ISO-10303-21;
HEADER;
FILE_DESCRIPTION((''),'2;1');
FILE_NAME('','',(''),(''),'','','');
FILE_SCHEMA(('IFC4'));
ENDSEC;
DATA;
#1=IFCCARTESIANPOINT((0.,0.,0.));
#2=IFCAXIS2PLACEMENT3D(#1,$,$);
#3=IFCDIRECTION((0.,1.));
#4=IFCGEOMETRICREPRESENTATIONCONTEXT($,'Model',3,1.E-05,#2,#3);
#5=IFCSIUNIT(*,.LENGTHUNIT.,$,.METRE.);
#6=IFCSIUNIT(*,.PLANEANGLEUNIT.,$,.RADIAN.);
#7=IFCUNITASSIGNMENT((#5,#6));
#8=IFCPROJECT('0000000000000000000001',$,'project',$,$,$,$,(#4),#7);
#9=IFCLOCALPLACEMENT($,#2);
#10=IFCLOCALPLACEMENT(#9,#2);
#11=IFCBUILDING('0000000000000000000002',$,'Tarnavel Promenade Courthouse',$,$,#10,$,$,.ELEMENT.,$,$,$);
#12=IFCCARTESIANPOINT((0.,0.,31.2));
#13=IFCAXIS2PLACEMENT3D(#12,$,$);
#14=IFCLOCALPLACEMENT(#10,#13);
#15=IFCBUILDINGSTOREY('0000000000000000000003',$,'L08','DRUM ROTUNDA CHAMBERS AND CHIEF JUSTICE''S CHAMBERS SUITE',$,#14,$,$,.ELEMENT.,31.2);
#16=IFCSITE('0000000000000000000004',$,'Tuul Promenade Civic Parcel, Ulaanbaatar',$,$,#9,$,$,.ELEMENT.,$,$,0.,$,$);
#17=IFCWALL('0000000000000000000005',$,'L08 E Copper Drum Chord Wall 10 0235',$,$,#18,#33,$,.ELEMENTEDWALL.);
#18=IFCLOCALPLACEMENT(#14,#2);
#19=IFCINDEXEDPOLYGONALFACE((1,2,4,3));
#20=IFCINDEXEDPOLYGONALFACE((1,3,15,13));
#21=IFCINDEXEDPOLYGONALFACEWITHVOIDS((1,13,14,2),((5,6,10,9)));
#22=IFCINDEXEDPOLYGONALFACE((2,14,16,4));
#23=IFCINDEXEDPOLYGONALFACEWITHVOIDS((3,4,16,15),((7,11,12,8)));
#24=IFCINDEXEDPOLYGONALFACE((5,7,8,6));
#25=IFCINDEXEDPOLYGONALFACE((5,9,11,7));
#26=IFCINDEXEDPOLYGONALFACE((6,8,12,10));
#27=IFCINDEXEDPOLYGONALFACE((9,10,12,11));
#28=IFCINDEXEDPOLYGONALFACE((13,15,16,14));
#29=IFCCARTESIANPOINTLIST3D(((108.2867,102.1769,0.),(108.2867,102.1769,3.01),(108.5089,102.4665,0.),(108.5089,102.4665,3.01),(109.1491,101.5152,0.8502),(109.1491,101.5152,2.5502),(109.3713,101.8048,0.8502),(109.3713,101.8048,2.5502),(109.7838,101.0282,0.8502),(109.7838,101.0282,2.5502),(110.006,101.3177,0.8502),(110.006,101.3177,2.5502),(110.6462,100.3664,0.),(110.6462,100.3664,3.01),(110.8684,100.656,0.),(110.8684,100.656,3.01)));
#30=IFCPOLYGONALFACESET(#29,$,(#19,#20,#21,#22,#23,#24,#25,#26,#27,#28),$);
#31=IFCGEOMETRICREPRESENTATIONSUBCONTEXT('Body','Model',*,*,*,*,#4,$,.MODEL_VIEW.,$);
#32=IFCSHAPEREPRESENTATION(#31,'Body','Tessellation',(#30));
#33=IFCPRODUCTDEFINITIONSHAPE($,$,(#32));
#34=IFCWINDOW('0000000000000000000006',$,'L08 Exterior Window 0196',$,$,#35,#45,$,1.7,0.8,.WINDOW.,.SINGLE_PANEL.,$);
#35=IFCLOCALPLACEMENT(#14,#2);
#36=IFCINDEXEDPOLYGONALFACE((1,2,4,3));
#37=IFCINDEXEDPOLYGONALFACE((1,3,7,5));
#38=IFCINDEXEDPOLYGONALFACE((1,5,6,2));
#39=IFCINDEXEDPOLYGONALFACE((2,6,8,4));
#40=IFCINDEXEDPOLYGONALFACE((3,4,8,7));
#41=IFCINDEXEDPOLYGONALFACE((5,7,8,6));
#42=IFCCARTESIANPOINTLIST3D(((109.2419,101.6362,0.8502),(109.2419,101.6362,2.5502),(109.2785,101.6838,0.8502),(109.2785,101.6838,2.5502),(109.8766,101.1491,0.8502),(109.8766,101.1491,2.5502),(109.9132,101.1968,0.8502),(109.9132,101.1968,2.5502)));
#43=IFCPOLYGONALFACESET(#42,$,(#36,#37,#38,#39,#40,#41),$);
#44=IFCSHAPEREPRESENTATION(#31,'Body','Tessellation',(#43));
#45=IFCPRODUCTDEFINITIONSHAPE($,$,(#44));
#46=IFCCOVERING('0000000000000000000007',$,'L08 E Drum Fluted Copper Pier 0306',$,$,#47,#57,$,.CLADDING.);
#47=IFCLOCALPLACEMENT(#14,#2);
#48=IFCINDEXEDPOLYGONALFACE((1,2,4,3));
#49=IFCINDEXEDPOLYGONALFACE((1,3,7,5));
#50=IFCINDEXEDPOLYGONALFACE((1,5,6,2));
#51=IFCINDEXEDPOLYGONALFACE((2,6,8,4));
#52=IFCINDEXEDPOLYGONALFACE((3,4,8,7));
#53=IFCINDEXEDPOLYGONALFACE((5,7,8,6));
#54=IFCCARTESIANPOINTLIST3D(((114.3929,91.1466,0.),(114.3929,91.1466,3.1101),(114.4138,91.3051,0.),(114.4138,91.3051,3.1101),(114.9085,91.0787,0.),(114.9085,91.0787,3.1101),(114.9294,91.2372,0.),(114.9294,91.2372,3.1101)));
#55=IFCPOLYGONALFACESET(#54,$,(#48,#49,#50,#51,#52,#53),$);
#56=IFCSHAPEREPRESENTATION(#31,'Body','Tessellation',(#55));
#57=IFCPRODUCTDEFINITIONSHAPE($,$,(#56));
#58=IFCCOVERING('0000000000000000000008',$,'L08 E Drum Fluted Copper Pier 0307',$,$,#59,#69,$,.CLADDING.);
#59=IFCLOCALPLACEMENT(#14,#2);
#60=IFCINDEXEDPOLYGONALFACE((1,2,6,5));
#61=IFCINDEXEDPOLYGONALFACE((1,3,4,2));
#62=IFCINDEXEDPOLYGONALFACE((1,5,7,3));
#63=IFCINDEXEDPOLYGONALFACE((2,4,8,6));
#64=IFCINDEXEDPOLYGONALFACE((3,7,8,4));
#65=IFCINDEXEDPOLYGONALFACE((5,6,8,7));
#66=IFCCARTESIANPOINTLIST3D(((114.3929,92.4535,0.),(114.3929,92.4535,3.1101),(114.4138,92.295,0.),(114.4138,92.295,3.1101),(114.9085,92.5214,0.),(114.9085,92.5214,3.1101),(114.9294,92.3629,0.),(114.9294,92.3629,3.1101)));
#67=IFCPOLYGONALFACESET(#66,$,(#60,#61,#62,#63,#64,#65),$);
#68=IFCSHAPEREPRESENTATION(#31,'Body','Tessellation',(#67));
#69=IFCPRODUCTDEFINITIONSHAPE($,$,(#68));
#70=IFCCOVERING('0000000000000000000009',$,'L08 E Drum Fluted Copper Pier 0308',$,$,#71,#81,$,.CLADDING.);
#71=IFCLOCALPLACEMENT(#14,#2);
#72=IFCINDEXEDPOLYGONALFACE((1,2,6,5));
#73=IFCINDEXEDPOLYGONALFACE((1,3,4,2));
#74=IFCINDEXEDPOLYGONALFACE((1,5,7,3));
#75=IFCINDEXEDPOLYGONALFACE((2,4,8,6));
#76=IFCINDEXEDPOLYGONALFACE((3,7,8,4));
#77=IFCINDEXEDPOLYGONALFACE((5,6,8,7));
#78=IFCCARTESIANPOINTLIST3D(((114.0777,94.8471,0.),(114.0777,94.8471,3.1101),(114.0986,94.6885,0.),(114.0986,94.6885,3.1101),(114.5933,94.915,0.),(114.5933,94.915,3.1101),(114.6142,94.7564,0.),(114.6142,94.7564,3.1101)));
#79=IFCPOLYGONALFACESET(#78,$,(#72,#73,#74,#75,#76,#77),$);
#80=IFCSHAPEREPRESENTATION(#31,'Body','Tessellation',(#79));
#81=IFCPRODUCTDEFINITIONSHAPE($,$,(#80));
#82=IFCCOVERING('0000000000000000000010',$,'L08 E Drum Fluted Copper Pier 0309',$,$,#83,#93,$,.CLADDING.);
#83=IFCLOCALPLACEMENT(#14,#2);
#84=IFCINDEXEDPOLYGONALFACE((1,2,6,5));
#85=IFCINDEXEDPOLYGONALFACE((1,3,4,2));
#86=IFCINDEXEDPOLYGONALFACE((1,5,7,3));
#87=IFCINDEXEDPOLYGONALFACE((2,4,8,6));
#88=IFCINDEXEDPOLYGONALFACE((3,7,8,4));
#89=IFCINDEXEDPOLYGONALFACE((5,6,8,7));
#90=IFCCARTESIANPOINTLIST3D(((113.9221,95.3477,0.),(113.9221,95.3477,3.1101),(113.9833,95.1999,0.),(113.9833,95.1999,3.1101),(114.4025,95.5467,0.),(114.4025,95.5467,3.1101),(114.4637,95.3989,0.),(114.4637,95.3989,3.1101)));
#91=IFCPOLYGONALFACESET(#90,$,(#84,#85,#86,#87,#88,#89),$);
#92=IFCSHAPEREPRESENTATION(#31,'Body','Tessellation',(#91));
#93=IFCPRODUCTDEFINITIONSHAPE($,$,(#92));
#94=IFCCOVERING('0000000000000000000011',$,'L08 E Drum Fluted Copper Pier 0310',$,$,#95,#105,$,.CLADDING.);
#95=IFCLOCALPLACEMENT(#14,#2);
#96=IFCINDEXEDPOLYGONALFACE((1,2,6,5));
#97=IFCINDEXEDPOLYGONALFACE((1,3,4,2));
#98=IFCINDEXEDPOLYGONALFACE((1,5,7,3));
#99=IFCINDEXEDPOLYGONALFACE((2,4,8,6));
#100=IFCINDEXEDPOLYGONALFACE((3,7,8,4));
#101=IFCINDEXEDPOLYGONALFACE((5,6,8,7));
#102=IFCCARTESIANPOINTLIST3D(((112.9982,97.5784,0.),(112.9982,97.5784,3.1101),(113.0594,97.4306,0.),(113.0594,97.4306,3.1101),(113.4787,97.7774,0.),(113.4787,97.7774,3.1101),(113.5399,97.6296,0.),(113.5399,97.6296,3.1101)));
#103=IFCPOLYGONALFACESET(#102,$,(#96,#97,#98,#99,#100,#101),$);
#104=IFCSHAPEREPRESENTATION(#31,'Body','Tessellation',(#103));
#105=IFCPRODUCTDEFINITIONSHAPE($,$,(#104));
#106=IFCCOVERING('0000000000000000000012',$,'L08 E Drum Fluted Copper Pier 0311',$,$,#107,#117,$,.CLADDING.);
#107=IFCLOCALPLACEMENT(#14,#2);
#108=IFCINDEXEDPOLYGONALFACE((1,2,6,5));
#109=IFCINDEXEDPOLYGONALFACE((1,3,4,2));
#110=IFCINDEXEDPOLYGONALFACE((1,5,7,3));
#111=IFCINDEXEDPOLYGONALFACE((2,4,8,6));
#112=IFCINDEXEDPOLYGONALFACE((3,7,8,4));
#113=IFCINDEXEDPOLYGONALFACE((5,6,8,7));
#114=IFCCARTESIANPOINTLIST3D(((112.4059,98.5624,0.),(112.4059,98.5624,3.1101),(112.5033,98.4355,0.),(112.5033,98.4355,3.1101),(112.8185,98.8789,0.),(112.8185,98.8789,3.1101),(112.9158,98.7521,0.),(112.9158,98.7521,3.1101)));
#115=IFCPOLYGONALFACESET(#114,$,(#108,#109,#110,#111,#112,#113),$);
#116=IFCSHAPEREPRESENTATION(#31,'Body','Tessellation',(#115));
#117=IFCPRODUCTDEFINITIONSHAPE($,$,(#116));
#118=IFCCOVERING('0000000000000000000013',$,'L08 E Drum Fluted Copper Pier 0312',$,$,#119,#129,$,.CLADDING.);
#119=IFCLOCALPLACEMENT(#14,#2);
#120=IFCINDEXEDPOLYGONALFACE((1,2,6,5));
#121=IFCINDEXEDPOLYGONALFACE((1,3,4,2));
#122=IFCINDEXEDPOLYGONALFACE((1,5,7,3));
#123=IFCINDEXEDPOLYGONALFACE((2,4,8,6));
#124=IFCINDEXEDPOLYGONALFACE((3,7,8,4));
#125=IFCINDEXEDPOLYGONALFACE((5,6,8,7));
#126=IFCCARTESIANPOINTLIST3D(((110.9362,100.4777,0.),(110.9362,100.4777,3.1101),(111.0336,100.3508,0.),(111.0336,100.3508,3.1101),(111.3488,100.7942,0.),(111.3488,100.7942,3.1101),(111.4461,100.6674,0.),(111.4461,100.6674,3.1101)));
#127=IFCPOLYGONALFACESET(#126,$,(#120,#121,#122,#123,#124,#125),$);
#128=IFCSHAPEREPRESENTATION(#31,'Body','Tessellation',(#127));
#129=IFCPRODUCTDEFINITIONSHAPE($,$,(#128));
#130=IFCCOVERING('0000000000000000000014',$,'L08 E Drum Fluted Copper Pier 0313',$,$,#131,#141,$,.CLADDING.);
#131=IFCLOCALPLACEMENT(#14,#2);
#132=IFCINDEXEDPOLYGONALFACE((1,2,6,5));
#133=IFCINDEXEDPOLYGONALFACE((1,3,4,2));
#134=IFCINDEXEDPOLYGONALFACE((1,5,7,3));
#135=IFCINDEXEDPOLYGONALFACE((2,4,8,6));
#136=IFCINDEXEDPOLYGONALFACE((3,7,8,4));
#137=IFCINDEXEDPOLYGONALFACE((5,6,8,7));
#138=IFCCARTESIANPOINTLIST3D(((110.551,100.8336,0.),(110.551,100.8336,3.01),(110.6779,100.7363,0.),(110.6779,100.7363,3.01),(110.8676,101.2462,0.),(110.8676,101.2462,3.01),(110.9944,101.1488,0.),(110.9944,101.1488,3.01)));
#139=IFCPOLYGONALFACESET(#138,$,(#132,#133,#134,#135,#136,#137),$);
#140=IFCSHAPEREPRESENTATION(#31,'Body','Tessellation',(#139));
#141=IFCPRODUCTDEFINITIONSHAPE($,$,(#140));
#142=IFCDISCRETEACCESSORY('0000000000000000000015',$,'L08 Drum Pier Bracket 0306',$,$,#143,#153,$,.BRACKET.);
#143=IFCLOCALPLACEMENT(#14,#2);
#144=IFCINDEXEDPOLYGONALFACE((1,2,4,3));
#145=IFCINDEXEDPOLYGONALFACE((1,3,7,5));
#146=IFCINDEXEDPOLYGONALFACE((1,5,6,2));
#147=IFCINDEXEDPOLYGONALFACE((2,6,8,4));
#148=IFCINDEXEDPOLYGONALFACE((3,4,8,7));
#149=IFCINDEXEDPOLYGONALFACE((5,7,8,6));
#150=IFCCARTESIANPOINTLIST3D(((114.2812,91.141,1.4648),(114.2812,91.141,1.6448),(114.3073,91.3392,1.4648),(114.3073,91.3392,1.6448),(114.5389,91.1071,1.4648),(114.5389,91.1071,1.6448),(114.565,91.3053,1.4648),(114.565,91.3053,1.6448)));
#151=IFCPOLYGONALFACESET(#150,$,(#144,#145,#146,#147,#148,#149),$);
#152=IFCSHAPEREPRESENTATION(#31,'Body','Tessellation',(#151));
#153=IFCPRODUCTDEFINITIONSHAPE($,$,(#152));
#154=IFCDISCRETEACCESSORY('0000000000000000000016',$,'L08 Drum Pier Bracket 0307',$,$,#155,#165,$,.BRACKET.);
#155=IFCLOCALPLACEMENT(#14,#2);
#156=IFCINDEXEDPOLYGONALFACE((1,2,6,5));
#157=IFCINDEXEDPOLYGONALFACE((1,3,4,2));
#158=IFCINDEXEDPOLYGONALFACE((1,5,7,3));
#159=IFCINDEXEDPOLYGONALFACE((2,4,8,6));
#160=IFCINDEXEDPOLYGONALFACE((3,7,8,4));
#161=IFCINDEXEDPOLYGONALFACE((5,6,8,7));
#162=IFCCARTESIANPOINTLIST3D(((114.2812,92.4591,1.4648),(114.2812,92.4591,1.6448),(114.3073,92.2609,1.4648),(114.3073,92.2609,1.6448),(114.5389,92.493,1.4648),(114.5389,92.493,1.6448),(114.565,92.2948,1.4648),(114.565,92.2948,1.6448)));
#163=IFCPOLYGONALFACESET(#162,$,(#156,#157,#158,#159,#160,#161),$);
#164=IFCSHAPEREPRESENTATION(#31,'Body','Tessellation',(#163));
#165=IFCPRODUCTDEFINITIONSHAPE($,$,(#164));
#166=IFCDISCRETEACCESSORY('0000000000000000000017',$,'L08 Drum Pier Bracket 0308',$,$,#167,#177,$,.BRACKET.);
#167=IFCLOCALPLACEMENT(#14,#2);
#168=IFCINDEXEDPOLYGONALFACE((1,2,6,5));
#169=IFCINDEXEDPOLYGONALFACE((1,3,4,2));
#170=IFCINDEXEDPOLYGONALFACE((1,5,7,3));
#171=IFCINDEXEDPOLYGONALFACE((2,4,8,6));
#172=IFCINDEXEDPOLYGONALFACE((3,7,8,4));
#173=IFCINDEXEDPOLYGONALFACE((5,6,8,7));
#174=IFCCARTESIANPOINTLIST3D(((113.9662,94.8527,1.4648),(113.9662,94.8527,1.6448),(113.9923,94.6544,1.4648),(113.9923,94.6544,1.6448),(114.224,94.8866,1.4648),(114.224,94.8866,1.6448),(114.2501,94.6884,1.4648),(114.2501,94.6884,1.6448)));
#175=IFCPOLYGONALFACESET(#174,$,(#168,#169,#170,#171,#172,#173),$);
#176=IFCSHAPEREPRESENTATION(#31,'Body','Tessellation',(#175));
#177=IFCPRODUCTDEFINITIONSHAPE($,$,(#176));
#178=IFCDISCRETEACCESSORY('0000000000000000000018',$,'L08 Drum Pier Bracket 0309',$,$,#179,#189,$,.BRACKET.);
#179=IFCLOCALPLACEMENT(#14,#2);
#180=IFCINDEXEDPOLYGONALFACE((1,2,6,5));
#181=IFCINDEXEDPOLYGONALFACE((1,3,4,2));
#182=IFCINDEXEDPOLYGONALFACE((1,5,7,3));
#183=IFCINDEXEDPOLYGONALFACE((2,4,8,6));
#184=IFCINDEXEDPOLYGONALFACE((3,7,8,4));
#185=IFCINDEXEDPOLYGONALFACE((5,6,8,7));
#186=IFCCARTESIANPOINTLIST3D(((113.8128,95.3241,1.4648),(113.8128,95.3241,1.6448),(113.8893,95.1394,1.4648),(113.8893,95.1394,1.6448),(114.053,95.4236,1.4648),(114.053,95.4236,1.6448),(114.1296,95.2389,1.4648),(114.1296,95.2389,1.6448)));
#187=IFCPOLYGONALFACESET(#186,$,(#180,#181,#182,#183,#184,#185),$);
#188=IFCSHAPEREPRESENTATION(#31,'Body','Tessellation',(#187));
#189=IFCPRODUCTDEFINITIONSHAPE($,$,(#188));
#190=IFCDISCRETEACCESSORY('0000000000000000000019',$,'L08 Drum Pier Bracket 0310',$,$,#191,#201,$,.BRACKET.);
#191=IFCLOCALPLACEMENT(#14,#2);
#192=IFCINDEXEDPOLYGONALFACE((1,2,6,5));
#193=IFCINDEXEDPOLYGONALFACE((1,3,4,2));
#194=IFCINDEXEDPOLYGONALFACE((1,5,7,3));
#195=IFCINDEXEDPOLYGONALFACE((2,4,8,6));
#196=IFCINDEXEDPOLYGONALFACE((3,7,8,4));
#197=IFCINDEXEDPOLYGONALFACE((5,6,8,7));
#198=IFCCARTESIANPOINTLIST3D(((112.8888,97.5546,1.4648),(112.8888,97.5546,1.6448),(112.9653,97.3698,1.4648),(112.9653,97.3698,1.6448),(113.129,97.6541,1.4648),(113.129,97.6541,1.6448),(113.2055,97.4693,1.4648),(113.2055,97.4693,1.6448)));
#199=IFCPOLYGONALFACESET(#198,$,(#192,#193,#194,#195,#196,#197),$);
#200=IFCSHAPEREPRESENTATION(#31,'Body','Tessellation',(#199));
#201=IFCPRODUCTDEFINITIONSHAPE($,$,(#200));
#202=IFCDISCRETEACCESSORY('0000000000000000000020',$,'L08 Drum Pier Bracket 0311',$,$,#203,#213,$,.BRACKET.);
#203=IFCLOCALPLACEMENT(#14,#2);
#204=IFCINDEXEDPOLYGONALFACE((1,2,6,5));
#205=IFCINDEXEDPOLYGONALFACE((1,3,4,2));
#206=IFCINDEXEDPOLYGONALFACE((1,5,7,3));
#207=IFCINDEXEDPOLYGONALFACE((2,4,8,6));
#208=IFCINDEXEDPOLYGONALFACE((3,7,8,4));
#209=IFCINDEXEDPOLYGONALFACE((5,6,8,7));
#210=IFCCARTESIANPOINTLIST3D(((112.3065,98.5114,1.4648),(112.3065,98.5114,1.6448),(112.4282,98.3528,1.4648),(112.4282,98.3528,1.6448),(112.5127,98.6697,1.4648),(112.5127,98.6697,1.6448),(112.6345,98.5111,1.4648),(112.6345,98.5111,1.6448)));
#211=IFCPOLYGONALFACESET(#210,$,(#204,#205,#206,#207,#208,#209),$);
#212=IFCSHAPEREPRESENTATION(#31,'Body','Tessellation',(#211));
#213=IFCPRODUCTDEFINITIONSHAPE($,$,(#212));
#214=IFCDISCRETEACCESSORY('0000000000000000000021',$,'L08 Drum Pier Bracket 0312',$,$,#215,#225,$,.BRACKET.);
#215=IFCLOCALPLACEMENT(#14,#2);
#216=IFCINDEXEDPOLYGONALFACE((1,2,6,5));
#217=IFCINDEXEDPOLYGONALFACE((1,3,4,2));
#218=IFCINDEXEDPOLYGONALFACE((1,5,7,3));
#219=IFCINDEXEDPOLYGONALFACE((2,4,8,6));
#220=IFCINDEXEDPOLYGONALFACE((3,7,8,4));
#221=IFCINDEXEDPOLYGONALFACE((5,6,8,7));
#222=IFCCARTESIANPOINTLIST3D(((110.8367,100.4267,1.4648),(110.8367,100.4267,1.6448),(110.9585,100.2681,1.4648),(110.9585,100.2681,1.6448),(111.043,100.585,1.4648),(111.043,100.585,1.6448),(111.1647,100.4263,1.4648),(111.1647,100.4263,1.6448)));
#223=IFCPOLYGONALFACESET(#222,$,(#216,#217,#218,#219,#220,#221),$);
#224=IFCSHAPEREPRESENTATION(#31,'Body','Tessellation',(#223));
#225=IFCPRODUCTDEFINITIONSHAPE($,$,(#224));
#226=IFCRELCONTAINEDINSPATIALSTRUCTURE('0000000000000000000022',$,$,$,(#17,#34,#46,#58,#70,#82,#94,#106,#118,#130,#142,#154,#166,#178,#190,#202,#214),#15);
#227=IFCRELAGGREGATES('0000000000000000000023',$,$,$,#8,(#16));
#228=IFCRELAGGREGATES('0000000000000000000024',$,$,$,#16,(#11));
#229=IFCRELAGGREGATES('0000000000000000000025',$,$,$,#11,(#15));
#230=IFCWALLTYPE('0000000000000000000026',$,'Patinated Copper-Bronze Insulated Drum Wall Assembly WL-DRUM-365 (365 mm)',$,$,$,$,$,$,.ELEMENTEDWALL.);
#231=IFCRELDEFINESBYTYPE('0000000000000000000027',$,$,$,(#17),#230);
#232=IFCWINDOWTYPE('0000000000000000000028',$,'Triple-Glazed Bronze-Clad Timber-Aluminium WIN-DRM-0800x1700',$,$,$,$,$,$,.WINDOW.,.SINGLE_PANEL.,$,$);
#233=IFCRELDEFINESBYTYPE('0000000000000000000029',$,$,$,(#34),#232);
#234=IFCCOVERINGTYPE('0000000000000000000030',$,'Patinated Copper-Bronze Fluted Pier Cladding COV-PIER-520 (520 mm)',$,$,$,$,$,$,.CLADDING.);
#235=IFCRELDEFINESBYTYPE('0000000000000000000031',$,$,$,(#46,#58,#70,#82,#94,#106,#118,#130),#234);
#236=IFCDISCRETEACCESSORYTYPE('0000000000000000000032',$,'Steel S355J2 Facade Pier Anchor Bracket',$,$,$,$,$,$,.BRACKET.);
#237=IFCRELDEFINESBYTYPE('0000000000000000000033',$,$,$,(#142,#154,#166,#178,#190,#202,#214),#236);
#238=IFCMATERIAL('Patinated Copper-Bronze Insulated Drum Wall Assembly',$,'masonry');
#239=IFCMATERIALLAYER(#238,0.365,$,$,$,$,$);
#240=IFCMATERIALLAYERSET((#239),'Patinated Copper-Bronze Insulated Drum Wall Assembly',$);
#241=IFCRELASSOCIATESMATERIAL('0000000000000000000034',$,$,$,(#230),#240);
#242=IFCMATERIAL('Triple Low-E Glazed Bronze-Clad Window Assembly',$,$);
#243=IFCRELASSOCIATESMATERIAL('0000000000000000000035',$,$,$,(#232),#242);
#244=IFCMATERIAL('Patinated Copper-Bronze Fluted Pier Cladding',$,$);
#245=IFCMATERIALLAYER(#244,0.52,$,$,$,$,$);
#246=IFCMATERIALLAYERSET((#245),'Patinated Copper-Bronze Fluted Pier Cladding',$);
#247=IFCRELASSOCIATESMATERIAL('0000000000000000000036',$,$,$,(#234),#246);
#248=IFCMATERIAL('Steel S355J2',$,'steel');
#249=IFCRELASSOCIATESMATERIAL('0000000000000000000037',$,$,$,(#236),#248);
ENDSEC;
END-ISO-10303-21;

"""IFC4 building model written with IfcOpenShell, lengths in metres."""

from ifc_helpers import new_model, si_unit, direction, frame, frame_2d, origin, origin_2d, place, context, subcontext, project, spatial, rectangle, extrude, material, layer, layer_set, type_object, element, fill, save


model = new_model("IFC4")

# Units and contexts
model_context = context("Model", 3, precision=1e-05, world=origin(), true_north=direction((0.0, 1.0)))
body_context = subcontext(model_context, "Body", "Model", "MODEL_VIEW")
ifc_project = project(units=[si_unit("LENGTHUNIT", "METRE"), si_unit("PLANEANGLEUNIT", "RADIAN")], contexts=[model_context])

# Site, building, storey
site_placement = place(None, origin())
site = spatial("IfcSite", under=ifc_project, at=site_placement, Name="Tuul Promenade Civic Parcel, Ulaanbaatar", CompositionType="ELEMENT", RefElevation=0.0)
building_placement = place(site_placement, origin())
building = spatial("IfcBuilding", under=site, at=building_placement, Name="Tarnavel Promenade Courthouse", CompositionType="ELEMENT")
storey_placement = place(building_placement, frame((0.0, 0.0, 31.2)))
storey = spatial("IfcBuildingStorey", under=building, at=storey_placement, Name="L08", Description="DRUM ROTUNDA CHAMBERS AND CHIEF JUSTICE'S CHAMBERS SUITE", CompositionType="ELEMENT", Elevation=31.2)

# Shared definitions
ifc_material_1 = material(Name="Steel S355J2", Category="steel")

# Shared definitions
ifc_material_2 = material(Name="Patinated Copper-Bronze Insulated Drum Wall Assembly", Category="masonry")
ifc_layer_1 = layer(ifc_material_2, 0.365)
ifc_layer_set_1 = layer_set([ifc_layer_1], Name="Patinated Copper-Bronze Insulated Drum Wall Assembly")
wall_type_1 = type_object("IfcWallType", Name="Patinated Copper-Bronze Insulated Drum Wall Assembly WL-DRUM-365 (365 mm)", PredefinedType="ELEMENTEDWALL", material=ifc_layer_set_1)

# Shared definitions
ifc_material_3 = material(Name="Triple Low-E Glazed Bronze-Clad Window Assembly")
window_type = type_object("IfcWindowType", Name="Triple-Glazed Bronze-Clad Timber-Aluminium WIN-DRM-0800x1700", PartitioningType="SINGLE_PANEL", PredefinedType="WINDOW", material=ifc_material_3)

# Wall, opening, window
wall_1_placement = place(storey_placement, frame((110.7573, 100.5112, 0.0), z_axis=(0.0, 0.0, 1.0), x_axis=(-0.793362, 0.60875, 0.0)))
wall_1 = element("IfcWall", 1, at=wall_1_placement, inside=storey, type_object=wall_type_1, Name="L08 E Copper Drum Chord Wall 10 0235", PredefinedType="ELEMENTEDWALL", context=body_context, shape_type="SweptSolid", body=[
    extrude(rectangle(XDim=2.9741, YDim=0.365, at=frame_2d((1.4871, 0.0))), origin(), (0.0, 0.0, 1.0), 3.01),
])
opening_1_placement = place(wall_1_placement, frame((1.0872, 0.0, 0.8501)))
opening_1 = element("IfcOpeningElement", 2, at=opening_1_placement, cuts=wall_1, PredefinedType="OPENING", context=body_context, shape_type="SweptSolid", body=[
    extrude(rectangle(XDim=0.8, YDim=1.7, at=frame_2d((0.3999, 0.8501))), frame((0.0, 0.1924, 0.0), z_axis=(0.0, -1.0, 0.0), x_axis=(1.0, 0.0, 0.0)), (0.0, 0.0, 1.0), 0.385),
])
window_1_placement = place(opening_1_placement, origin())
window_1 = element("IfcWindow", 3, at=window_1_placement, inside=storey, type_object=window_type, Name="L08 Exterior Window 0196", OverallHeight=1.7, OverallWidth=0.8, PartitioningType="SINGLE_PANEL", PredefinedType="WINDOW", context=body_context, shape_type="SweptSolid", body=[
    extrude(rectangle(XDim=0.8, YDim=1.7, at=frame_2d((0.3999, 0.8501))), frame((0.0, 0.03, 0.0), z_axis=(0.0, -1.0, 0.0), x_axis=(1.0, 0.0, 0.0)), (0.0, 0.0, 1.0), 0.0601),
])
fill(opening_1, window_1)

# Coverings
ifc_material_4 = material(Name="Patinated Copper-Bronze Fluted Pier Cladding")
ifc_layer_2 = layer(ifc_material_4, 0.52)
ifc_layer_set_2 = layer_set([ifc_layer_2], Name="Patinated Copper-Bronze Fluted Pier Cladding")
covering_type = type_object("IfcCoveringType", Name="Patinated Copper-Bronze Fluted Pier Cladding COV-PIER-520 (520 mm)", PredefinedType="CLADDING", material=ifc_layer_set_2)
for number, where, z_axis, x_axis, name in (
    (4, (114.6611, 91.1919, 0.0), (0.0, 0.0, 1.0), (0.130526, 0.991445, 0.0), "L08 E Drum Fluted Copper Pier 0306"),
    (5, (114.6611, 92.4082, 0.0), (0.0, 0.0, 1.0), (-0.130526, 0.991445, 0.0), "L08 E Drum Fluted Copper Pier 0307"),
    (6, (114.3459, 94.8018, 0.0), (0.0, 0.0, 1.0), (-0.130526, 0.991445, 0.0), "L08 E Drum Fluted Copper Pier 0308"),
    (7, (114.1929, 95.3733, 0.0), (0.0, 0.0, 1.0), (-0.382683, 0.92388, 0.0), "L08 E Drum Fluted Copper Pier 0309"),
    (8, (113.269, 97.604, 0.0), (0.0, 0.0, 1.0), (-0.382683, 0.92388, 0.0), "L08 E Drum Fluted Copper Pier 0310"),
    (9, (112.6609, 98.6572, 0.0), (0.0, 0.0, 1.0), (-0.608761, 0.793353, 0.0), "L08 E Drum Fluted Copper Pier 0311"),
    (10, (111.1912, 100.5725, 0.0), (0.0, 0.0, 1.0), (-0.608761, 0.793353, 0.0), "L08 E Drum Fluted Copper Pier 0312"),
):
    element("IfcCovering", number, at=place(storey_placement, frame(where, z_axis=z_axis, x_axis=x_axis)), inside=storey, type_object=covering_type, Name=name, PredefinedType="CLADDING", context=body_context, shape_type="SweptSolid", body=[
        extrude(rectangle(XDim=0.1599, YDim=0.52, at=origin_2d()), origin(), (0.0, 0.0, 1.0), 3.1101),
    ])
covering_placement = place(storey_placement, frame((110.7727, 100.9912, 0.0), z_axis=(0.0, 0.0, 1.0), x_axis=(-0.793353, 0.608761, 0.0)))
element("IfcCovering", 11, at=covering_placement, inside=storey, type_object=covering_type, Name="L08 E Drum Fluted Copper Pier 0313", PredefinedType="CLADDING", context=body_context, shape_type="SweptSolid", body=[
    extrude(rectangle(XDim=0.1599, YDim=0.52, at=origin_2d()), origin(), (0.0, 0.0, 1.0), 3.01),
])

# Discrete accessories
discrete_accessory_type = type_object("IfcDiscreteAccessoryType", Name="Steel S355J2 Facade Pier Anchor Bracket", PredefinedType="BRACKET", material=ifc_material_1)
for number, where, z_axis, x_axis, name in (
    (12, (114.4231, 91.2231, 1.4648), (0.0, 0.0, 1.0), (0.130526, 0.991445, 0.0), "L08 Drum Pier Bracket 0306"),
    (13, (114.4231, 92.377, 1.4648), (0.0, 0.0, 1.0), (-0.130526, 0.991445, 0.0), "L08 Drum Pier Bracket 0307"),
    (14, (114.1082, 94.7705, 1.4648), (0.0, 0.0, 1.0), (-0.130526, 0.991445, 0.0), "L08 Drum Pier Bracket 0308"),
    (15, (113.9712, 95.2815, 1.4648), (0.0, 0.0, 1.0), (-0.382683, 0.92388, 0.0), "L08 Drum Pier Bracket 0309"),
    (16, (113.0471, 97.512, 1.4648), (0.0, 0.0, 1.0), (-0.382683, 0.92388, 0.0), "L08 Drum Pier Bracket 0310"),
    (17, (112.4705, 98.5112, 1.4648), (0.0, 0.0, 1.0), (-0.608761, 0.793353, 0.0), "L08 Drum Pier Bracket 0311"),
    (18, (111.0007, 100.4265, 1.4648), (0.0, 0.0, 1.0), (-0.608761, 0.793353, 0.0), "L08 Drum Pier Bracket 0312"),
):
    element("IfcDiscreteAccessory", number, at=place(storey_placement, frame(where, z_axis=z_axis, x_axis=x_axis)), inside=storey, type_object=discrete_accessory_type, Name=name, PredefinedType="BRACKET", context=body_context, shape_type="SweptSolid", body=[
        extrude(rectangle(XDim=0.2, YDim=0.26, at=origin_2d()), origin(), (0.0, 0.0, 1.0), 0.1799),
    ])

save(model, "model.ifc")
